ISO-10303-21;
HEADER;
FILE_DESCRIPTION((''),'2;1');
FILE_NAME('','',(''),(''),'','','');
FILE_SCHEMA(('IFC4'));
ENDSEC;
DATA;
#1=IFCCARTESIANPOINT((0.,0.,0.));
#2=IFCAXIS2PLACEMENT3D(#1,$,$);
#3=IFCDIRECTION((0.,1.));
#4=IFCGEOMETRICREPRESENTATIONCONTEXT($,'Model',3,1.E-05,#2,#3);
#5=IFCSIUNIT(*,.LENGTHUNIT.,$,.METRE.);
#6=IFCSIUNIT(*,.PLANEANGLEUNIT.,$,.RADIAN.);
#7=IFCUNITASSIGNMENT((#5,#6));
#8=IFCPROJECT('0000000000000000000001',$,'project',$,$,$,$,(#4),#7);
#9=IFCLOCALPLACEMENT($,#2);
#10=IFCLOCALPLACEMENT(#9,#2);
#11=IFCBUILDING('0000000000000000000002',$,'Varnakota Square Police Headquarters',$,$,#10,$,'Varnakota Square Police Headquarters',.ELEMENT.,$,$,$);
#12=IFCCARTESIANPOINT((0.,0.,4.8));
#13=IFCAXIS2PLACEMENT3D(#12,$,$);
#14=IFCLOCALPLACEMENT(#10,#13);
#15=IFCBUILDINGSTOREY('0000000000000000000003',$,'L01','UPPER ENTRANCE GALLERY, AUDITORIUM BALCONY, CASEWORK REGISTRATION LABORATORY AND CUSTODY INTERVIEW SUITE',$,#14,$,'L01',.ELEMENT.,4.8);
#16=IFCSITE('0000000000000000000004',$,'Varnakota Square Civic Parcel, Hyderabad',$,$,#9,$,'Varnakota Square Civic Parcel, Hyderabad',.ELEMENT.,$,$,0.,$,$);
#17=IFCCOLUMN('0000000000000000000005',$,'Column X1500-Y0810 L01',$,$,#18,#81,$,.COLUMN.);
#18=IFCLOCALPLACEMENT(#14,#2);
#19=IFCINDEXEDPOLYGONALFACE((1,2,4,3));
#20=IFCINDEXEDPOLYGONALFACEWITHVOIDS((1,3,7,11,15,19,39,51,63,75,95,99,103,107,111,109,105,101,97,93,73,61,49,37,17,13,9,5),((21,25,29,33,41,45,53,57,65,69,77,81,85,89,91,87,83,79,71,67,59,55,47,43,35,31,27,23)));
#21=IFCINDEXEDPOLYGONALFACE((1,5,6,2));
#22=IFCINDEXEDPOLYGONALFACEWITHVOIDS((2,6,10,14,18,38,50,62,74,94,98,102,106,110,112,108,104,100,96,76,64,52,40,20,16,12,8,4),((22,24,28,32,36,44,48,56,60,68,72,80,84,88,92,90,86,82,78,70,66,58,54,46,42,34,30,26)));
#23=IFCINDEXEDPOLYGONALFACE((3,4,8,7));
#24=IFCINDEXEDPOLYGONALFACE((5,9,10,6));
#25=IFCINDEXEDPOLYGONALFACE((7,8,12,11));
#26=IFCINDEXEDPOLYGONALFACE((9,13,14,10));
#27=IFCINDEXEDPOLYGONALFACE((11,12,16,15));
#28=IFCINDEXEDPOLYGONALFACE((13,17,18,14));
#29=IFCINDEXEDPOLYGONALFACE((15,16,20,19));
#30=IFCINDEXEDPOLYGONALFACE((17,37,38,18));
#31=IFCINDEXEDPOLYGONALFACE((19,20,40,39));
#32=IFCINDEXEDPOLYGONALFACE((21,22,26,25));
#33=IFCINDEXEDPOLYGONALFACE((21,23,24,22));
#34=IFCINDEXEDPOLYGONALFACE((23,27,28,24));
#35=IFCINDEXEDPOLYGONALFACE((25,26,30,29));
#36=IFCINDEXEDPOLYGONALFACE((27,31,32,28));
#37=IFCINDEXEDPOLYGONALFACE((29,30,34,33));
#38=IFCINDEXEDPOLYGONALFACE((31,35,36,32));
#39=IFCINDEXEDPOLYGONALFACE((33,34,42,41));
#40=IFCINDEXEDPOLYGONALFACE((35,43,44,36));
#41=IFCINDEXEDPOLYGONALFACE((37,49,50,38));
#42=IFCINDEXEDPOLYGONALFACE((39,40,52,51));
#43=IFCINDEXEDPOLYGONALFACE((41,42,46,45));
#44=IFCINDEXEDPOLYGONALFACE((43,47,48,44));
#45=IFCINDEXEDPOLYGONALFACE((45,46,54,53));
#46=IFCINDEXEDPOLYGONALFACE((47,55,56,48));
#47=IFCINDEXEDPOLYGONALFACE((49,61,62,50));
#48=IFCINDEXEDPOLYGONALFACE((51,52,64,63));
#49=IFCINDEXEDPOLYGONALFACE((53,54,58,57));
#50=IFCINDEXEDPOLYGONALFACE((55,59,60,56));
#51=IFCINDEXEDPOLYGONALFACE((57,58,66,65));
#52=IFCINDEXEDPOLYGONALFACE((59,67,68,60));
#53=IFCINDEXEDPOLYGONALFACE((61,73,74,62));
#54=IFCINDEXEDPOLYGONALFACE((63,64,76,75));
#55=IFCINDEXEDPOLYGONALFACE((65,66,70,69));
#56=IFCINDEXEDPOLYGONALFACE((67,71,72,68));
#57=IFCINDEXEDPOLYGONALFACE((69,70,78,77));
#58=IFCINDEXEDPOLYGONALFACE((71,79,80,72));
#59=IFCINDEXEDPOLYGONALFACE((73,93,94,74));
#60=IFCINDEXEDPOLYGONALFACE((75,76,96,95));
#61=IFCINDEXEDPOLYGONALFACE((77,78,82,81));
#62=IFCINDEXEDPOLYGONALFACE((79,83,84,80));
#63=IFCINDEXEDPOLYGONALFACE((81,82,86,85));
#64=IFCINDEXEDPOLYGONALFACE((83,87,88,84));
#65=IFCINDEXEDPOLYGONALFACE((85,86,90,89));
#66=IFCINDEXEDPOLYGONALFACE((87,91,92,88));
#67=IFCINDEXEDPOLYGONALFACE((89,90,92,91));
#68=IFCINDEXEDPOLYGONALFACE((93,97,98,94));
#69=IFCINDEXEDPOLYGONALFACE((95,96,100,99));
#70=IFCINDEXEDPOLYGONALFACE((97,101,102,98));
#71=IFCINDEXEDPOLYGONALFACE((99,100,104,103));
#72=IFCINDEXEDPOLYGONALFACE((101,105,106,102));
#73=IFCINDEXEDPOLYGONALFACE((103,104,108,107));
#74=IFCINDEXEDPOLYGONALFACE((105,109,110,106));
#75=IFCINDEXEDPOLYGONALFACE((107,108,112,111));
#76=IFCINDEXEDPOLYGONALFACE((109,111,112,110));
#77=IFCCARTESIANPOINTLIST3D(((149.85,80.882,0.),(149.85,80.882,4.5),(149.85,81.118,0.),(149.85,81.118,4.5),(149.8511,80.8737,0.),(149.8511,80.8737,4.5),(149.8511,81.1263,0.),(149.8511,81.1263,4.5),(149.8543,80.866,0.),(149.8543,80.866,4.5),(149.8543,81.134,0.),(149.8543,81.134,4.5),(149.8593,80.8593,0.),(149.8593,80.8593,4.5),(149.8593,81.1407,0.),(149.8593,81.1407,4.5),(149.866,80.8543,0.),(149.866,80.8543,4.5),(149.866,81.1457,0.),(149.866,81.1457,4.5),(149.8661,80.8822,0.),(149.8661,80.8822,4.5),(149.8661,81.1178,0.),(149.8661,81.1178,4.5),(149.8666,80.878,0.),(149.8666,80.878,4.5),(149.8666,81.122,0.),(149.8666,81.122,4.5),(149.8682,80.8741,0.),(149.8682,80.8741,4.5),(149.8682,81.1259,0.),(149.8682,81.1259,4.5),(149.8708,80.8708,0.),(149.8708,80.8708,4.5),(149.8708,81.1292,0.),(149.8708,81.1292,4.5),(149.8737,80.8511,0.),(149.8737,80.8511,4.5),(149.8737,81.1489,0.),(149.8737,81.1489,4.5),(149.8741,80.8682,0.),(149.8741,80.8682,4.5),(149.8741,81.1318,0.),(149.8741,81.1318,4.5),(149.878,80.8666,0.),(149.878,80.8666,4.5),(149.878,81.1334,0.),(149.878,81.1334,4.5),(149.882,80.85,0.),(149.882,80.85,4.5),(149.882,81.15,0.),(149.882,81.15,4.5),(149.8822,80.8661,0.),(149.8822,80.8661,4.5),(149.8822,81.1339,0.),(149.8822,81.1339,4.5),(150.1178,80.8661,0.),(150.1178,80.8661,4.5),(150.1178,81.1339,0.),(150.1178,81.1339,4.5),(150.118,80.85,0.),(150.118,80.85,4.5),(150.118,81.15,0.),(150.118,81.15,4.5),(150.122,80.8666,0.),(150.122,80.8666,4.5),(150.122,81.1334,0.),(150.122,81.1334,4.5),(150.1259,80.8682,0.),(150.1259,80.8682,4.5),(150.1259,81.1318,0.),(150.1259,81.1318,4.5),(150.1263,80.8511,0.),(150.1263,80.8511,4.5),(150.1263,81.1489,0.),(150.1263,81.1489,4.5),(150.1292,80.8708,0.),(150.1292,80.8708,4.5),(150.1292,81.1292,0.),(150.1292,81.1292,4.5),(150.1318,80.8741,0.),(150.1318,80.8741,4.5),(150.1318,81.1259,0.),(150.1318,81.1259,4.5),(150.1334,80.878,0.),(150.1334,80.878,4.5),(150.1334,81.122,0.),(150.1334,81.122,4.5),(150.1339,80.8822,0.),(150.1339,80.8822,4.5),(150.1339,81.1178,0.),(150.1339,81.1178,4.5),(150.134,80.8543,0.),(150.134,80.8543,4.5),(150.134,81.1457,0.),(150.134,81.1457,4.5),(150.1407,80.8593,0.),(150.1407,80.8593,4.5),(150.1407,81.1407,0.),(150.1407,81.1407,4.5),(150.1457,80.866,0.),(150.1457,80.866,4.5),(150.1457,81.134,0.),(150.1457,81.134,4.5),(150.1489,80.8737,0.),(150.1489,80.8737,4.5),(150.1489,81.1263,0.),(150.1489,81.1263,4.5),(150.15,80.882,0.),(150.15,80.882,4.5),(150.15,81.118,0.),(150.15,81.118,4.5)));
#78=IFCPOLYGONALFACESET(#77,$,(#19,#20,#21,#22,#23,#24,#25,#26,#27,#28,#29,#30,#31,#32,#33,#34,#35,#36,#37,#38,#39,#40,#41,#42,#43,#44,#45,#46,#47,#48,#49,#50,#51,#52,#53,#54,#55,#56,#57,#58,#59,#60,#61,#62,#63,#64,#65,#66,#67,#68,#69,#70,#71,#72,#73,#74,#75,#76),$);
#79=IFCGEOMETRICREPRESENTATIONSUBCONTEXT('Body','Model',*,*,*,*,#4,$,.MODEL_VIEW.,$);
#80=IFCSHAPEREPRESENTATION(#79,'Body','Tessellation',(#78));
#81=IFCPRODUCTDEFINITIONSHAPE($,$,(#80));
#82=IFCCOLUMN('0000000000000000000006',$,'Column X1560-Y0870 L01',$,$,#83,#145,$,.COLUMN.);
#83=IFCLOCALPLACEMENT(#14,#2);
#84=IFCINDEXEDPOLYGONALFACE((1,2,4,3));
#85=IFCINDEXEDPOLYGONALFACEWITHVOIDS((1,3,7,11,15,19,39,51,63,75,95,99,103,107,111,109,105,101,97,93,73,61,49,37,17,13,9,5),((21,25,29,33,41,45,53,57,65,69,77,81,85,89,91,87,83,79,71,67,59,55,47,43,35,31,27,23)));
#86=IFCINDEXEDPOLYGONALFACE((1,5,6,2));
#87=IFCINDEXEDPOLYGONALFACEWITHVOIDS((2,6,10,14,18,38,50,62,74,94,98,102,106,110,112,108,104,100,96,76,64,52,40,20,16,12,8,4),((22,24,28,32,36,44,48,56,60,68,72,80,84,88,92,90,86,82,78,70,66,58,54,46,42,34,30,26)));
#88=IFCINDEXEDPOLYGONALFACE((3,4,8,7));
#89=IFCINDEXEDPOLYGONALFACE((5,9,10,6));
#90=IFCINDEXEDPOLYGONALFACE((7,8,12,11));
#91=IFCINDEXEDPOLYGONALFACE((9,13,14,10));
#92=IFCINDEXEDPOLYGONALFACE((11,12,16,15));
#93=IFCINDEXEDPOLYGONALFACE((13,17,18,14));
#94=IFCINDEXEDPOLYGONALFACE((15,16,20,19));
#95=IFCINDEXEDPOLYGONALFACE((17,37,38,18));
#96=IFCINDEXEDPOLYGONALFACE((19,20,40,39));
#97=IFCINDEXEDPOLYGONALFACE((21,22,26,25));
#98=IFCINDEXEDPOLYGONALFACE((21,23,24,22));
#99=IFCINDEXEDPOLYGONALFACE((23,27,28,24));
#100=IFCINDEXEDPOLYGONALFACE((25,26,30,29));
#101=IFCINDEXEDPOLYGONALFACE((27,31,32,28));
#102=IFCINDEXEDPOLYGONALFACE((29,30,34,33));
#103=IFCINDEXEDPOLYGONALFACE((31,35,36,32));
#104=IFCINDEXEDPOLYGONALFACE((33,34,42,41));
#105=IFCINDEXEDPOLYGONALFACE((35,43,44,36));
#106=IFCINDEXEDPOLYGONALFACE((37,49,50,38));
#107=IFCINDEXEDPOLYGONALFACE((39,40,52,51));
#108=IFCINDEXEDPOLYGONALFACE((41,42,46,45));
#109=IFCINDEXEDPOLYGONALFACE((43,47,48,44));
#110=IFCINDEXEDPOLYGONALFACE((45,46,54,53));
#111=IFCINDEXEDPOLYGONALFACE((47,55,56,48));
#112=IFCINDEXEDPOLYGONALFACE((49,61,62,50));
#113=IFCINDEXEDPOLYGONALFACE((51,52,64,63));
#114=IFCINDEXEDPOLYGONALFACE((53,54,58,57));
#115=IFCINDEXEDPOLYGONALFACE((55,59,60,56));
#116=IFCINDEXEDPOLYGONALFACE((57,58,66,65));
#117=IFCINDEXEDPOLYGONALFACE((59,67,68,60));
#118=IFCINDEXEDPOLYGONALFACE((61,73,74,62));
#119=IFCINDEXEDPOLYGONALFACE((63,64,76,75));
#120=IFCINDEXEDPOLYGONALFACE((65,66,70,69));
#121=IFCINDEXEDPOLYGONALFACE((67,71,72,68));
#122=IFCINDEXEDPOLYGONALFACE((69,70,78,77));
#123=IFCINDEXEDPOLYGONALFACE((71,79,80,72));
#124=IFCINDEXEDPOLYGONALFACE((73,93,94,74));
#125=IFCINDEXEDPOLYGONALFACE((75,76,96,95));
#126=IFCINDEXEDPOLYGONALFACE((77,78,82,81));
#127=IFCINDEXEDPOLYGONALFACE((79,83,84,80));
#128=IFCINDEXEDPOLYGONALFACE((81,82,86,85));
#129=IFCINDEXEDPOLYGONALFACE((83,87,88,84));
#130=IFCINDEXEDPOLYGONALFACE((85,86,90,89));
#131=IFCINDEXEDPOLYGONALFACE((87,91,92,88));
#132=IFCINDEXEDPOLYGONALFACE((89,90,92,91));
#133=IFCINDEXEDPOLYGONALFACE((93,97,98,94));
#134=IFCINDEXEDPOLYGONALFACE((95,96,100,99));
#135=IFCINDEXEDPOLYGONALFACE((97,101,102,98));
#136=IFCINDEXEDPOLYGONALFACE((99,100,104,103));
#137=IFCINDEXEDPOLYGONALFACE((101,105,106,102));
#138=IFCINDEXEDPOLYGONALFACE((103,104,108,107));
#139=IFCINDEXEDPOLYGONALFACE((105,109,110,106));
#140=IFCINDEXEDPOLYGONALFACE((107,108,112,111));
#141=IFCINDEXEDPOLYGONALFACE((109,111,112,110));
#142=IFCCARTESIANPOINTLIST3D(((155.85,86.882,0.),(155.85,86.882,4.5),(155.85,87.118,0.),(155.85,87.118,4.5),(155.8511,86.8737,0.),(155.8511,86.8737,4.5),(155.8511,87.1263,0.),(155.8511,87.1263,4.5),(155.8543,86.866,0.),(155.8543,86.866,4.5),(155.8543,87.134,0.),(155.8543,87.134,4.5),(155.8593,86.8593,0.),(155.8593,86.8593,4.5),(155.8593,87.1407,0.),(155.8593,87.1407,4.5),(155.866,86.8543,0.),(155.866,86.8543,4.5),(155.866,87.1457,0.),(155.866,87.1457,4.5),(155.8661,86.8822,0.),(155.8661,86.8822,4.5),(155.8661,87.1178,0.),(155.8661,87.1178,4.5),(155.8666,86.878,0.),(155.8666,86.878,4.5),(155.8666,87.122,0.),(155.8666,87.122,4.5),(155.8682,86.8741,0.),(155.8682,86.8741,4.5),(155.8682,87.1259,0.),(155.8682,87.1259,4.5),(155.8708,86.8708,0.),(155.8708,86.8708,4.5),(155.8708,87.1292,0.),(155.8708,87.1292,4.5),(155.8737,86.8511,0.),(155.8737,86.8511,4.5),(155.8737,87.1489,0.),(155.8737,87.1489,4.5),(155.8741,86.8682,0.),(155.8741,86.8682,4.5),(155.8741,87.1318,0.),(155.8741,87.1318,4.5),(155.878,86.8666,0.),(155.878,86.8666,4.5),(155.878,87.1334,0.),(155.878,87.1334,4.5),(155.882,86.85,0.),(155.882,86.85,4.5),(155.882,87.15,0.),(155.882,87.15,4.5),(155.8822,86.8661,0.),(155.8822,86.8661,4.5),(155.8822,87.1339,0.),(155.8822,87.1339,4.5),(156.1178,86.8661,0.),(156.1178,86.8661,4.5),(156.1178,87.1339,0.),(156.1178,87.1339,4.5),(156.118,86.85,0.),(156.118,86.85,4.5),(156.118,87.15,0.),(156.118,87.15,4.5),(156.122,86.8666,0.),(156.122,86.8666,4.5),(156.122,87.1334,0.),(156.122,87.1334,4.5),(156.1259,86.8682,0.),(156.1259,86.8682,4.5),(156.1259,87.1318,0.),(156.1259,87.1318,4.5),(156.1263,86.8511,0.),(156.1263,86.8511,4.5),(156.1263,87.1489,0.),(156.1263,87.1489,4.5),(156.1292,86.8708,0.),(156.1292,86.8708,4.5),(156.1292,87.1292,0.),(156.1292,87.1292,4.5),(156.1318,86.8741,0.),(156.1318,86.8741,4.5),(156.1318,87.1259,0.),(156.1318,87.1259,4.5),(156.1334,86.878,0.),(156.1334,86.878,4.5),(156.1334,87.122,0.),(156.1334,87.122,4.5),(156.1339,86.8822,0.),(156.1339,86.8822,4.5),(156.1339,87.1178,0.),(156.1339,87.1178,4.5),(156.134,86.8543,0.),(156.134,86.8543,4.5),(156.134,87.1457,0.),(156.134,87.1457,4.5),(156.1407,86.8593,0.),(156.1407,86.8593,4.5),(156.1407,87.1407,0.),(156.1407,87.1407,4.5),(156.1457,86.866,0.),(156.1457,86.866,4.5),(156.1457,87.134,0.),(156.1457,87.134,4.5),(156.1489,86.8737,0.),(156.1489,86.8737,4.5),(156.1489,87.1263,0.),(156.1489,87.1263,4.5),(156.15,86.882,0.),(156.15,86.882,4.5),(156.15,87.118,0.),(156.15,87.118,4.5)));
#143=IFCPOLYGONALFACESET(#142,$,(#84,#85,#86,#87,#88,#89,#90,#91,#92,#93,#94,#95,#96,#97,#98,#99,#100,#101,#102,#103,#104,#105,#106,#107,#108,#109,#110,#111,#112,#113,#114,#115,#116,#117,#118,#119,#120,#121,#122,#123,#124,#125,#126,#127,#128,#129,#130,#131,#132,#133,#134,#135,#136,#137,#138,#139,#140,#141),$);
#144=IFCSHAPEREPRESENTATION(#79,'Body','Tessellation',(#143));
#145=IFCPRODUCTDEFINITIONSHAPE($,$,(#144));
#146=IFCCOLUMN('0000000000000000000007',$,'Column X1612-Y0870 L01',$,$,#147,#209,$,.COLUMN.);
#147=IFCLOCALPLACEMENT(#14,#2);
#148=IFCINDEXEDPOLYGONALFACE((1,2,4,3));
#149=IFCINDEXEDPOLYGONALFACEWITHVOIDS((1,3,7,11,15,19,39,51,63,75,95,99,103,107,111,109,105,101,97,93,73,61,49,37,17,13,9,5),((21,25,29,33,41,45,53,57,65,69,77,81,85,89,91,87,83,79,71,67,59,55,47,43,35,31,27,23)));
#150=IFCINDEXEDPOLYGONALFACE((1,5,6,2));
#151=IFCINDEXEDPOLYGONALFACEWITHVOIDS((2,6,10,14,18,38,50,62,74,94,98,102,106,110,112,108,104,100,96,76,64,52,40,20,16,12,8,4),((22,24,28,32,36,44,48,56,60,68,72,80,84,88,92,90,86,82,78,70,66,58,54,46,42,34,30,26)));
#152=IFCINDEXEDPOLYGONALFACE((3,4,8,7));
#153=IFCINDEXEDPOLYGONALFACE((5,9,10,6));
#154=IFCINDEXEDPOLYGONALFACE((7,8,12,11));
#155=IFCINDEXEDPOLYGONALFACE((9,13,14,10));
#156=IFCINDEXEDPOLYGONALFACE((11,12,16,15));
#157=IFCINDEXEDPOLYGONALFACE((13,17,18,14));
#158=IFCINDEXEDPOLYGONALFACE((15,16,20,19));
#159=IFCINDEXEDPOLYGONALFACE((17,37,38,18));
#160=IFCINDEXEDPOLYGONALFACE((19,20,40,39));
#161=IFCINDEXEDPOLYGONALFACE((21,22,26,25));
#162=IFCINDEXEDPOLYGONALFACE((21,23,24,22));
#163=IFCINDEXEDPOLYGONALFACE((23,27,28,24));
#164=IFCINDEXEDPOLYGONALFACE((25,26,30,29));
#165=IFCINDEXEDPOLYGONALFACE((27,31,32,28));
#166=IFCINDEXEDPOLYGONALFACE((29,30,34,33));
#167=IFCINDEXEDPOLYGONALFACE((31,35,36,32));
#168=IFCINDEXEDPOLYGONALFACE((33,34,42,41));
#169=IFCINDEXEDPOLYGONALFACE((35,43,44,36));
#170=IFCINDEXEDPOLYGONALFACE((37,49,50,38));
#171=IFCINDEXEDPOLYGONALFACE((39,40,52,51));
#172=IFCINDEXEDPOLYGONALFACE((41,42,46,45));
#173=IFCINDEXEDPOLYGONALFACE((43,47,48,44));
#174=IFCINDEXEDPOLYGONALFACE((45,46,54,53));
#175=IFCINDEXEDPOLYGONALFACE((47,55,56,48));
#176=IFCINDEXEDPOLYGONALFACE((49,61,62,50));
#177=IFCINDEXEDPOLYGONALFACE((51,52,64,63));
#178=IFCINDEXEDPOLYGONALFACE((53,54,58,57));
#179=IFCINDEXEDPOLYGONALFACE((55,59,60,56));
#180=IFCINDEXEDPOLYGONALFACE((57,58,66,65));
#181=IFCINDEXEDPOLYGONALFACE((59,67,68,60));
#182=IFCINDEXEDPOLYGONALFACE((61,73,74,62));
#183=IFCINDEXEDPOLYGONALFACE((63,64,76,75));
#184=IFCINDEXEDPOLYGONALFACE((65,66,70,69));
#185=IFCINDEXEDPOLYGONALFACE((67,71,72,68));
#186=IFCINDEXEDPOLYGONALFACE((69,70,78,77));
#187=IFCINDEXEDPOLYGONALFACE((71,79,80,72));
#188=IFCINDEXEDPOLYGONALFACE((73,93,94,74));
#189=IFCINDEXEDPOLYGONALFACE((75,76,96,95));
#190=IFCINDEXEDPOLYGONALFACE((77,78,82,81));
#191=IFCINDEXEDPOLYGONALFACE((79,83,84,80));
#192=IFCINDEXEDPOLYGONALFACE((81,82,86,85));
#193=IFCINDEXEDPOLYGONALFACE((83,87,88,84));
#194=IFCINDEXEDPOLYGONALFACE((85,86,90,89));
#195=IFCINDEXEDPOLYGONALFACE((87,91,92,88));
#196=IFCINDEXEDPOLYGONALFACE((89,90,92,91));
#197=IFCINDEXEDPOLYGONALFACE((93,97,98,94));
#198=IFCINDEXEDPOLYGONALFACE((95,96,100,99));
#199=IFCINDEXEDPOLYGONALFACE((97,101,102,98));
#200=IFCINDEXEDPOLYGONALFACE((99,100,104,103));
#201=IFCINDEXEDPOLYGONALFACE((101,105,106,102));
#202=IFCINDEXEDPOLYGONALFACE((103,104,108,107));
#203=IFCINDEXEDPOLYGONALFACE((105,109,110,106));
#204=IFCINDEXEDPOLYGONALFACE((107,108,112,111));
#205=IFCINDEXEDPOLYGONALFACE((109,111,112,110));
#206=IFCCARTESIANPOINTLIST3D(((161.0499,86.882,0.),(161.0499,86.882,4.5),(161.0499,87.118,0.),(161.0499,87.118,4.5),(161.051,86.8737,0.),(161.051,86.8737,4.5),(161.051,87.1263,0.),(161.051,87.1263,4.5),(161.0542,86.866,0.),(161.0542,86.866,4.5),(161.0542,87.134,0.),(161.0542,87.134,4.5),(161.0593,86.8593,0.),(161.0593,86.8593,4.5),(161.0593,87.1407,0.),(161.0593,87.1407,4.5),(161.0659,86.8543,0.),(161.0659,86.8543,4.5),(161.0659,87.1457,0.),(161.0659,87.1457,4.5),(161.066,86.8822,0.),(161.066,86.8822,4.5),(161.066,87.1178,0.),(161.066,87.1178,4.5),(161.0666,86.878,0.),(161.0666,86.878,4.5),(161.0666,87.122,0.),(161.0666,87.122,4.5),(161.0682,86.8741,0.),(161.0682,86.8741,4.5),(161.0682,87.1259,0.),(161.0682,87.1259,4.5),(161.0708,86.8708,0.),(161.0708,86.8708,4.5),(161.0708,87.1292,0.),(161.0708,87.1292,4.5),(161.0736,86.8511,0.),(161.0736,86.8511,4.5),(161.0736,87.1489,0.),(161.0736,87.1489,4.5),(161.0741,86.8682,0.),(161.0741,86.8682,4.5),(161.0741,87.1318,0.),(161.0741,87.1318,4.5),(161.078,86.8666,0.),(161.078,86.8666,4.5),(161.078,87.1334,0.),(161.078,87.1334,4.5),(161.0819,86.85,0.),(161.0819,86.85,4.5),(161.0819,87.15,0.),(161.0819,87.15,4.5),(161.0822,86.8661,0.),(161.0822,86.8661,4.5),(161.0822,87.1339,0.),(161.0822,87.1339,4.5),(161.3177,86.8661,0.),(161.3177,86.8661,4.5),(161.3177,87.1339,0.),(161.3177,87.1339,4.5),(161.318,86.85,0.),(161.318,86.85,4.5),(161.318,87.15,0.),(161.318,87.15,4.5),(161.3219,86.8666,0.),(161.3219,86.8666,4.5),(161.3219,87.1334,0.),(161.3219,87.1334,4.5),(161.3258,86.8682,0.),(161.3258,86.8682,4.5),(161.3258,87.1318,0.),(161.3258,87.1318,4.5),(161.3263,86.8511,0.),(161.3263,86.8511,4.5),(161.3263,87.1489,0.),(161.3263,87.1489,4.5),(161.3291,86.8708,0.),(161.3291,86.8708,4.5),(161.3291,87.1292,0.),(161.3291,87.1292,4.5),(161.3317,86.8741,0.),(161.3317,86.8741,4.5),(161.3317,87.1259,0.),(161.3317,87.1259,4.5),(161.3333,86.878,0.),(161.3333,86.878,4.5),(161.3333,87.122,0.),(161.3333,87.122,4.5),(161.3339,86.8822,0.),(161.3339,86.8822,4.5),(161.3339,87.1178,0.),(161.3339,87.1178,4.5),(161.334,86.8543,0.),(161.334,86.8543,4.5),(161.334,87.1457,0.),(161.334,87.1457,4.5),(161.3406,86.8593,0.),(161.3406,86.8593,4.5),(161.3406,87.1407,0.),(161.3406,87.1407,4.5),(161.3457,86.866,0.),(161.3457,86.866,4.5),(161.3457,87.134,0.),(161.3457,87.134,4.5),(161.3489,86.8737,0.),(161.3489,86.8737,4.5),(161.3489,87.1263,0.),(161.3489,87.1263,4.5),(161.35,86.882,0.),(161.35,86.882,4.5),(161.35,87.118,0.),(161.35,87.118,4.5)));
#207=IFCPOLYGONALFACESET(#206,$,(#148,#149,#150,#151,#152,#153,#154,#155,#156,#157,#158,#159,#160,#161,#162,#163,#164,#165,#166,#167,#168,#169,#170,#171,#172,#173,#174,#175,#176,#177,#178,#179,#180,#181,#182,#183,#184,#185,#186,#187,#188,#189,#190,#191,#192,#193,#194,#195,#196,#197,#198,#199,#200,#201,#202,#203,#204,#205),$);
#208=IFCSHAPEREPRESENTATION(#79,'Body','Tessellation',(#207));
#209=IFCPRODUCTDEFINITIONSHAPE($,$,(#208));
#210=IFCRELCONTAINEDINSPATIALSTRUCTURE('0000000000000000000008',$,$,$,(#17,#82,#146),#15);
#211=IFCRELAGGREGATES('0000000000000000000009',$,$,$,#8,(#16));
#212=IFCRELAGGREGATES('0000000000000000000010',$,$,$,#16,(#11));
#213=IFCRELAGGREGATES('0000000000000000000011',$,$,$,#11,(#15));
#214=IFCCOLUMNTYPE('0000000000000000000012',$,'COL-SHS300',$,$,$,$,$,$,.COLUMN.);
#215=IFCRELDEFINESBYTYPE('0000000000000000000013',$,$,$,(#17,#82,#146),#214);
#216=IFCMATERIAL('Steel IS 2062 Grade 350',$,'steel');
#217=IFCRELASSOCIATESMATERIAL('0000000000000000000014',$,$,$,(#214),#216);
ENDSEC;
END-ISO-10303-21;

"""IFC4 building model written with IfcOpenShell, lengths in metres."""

from ifc_helpers import new_model, si_unit, direction, frame, origin, origin_2d, place, context, subcontext, project, spatial, hollow_rectangle, extrude, material, material_profile, profile_set, type_object, element, save


model = new_model("IFC4")

# Units and contexts
model_context = context("Model", 3, precision=1e-05, world=origin(), true_north=direction((0.0, 1.0)))
body_context = subcontext(model_context, "Body", "Model", "MODEL_VIEW")
ifc_project = project(units=[si_unit("LENGTHUNIT", "METRE"), si_unit("PLANEANGLEUNIT", "RADIAN")], contexts=[model_context])

# Site, building, storey
site_placement = place(None, origin())
site = spatial("IfcSite", under=ifc_project, at=site_placement, Name="Varnakota Square Civic Parcel, Hyderabad", LongName="Varnakota Square Civic Parcel, Hyderabad", CompositionType="ELEMENT", RefElevation=0.0)
building_placement = place(site_placement, origin())
building = spatial("IfcBuilding", under=site, at=building_placement, Name="Varnakota Square Police Headquarters", LongName="Varnakota Square Police Headquarters", CompositionType="ELEMENT")
storey_placement = place(building_placement, frame((0.0, 0.0, 4.8)))
storey = spatial("IfcBuildingStorey", under=building, at=storey_placement, Name="L01", Description="UPPER ENTRANCE GALLERY, AUDITORIUM BALCONY, CASEWORK REGISTRATION LABORATORY AND CUSTODY INTERVIEW SUITE", LongName="L01", CompositionType="ELEMENT", Elevation=4.8)

# Columns
ifc_material_1 = material(Name="Steel IS 2062 Grade 350", Category="steel")
ifc_material_profile_1 = material_profile(ifc_material_1, hollow_rectangle(XDim=0.3, YDim=0.3, WallThickness=0.0161, InnerFilletRadius=0.0161, OuterFilletRadius=0.032, at=origin_2d()), Name="SHS 300x300x16")
ifc_profile_set_1 = profile_set([ifc_material_profile_1], Name="Steel IS 2062 Grade 350")
column_type_1 = type_object("IfcColumnType", Name="COL-SHS300", PredefinedType="COLUMN", material=ifc_profile_set_1)
for number, where, z_axis, x_axis, name in (
    (1, (150.0, 81.0, 0.0), (0.0, 0.0, 1.0), (1.0, 0.0, 0.0), "Column X1500-Y0810 L01"),
    (2, (156.0, 87.0, 0.0), (0.0, 0.0, 1.0), (1.0, 0.0, 0.0), "Column X1560-Y0870 L01"),
    (3, (161.2, 87.0, 0.0), (0.0, 0.0, 1.0), (1.0, 0.0, 0.0), "Column X1612-Y0870 L01"),
):
    element("IfcColumn", number, at=place(storey_placement, frame(where, z_axis=z_axis, x_axis=x_axis)), inside=storey, type_object=column_type_1, Name=name, PredefinedType="COLUMN", context=body_context, shape_type="SweptSolid", body=[
        extrude(hollow_rectangle(XDim=0.3, YDim=0.3, WallThickness=0.0161, InnerFilletRadius=0.0161, OuterFilletRadius=0.032, at=origin_2d()), origin(), (0.0, 0.0, 1.0), 4.5),
    ])

save(model, "model.ifc")
